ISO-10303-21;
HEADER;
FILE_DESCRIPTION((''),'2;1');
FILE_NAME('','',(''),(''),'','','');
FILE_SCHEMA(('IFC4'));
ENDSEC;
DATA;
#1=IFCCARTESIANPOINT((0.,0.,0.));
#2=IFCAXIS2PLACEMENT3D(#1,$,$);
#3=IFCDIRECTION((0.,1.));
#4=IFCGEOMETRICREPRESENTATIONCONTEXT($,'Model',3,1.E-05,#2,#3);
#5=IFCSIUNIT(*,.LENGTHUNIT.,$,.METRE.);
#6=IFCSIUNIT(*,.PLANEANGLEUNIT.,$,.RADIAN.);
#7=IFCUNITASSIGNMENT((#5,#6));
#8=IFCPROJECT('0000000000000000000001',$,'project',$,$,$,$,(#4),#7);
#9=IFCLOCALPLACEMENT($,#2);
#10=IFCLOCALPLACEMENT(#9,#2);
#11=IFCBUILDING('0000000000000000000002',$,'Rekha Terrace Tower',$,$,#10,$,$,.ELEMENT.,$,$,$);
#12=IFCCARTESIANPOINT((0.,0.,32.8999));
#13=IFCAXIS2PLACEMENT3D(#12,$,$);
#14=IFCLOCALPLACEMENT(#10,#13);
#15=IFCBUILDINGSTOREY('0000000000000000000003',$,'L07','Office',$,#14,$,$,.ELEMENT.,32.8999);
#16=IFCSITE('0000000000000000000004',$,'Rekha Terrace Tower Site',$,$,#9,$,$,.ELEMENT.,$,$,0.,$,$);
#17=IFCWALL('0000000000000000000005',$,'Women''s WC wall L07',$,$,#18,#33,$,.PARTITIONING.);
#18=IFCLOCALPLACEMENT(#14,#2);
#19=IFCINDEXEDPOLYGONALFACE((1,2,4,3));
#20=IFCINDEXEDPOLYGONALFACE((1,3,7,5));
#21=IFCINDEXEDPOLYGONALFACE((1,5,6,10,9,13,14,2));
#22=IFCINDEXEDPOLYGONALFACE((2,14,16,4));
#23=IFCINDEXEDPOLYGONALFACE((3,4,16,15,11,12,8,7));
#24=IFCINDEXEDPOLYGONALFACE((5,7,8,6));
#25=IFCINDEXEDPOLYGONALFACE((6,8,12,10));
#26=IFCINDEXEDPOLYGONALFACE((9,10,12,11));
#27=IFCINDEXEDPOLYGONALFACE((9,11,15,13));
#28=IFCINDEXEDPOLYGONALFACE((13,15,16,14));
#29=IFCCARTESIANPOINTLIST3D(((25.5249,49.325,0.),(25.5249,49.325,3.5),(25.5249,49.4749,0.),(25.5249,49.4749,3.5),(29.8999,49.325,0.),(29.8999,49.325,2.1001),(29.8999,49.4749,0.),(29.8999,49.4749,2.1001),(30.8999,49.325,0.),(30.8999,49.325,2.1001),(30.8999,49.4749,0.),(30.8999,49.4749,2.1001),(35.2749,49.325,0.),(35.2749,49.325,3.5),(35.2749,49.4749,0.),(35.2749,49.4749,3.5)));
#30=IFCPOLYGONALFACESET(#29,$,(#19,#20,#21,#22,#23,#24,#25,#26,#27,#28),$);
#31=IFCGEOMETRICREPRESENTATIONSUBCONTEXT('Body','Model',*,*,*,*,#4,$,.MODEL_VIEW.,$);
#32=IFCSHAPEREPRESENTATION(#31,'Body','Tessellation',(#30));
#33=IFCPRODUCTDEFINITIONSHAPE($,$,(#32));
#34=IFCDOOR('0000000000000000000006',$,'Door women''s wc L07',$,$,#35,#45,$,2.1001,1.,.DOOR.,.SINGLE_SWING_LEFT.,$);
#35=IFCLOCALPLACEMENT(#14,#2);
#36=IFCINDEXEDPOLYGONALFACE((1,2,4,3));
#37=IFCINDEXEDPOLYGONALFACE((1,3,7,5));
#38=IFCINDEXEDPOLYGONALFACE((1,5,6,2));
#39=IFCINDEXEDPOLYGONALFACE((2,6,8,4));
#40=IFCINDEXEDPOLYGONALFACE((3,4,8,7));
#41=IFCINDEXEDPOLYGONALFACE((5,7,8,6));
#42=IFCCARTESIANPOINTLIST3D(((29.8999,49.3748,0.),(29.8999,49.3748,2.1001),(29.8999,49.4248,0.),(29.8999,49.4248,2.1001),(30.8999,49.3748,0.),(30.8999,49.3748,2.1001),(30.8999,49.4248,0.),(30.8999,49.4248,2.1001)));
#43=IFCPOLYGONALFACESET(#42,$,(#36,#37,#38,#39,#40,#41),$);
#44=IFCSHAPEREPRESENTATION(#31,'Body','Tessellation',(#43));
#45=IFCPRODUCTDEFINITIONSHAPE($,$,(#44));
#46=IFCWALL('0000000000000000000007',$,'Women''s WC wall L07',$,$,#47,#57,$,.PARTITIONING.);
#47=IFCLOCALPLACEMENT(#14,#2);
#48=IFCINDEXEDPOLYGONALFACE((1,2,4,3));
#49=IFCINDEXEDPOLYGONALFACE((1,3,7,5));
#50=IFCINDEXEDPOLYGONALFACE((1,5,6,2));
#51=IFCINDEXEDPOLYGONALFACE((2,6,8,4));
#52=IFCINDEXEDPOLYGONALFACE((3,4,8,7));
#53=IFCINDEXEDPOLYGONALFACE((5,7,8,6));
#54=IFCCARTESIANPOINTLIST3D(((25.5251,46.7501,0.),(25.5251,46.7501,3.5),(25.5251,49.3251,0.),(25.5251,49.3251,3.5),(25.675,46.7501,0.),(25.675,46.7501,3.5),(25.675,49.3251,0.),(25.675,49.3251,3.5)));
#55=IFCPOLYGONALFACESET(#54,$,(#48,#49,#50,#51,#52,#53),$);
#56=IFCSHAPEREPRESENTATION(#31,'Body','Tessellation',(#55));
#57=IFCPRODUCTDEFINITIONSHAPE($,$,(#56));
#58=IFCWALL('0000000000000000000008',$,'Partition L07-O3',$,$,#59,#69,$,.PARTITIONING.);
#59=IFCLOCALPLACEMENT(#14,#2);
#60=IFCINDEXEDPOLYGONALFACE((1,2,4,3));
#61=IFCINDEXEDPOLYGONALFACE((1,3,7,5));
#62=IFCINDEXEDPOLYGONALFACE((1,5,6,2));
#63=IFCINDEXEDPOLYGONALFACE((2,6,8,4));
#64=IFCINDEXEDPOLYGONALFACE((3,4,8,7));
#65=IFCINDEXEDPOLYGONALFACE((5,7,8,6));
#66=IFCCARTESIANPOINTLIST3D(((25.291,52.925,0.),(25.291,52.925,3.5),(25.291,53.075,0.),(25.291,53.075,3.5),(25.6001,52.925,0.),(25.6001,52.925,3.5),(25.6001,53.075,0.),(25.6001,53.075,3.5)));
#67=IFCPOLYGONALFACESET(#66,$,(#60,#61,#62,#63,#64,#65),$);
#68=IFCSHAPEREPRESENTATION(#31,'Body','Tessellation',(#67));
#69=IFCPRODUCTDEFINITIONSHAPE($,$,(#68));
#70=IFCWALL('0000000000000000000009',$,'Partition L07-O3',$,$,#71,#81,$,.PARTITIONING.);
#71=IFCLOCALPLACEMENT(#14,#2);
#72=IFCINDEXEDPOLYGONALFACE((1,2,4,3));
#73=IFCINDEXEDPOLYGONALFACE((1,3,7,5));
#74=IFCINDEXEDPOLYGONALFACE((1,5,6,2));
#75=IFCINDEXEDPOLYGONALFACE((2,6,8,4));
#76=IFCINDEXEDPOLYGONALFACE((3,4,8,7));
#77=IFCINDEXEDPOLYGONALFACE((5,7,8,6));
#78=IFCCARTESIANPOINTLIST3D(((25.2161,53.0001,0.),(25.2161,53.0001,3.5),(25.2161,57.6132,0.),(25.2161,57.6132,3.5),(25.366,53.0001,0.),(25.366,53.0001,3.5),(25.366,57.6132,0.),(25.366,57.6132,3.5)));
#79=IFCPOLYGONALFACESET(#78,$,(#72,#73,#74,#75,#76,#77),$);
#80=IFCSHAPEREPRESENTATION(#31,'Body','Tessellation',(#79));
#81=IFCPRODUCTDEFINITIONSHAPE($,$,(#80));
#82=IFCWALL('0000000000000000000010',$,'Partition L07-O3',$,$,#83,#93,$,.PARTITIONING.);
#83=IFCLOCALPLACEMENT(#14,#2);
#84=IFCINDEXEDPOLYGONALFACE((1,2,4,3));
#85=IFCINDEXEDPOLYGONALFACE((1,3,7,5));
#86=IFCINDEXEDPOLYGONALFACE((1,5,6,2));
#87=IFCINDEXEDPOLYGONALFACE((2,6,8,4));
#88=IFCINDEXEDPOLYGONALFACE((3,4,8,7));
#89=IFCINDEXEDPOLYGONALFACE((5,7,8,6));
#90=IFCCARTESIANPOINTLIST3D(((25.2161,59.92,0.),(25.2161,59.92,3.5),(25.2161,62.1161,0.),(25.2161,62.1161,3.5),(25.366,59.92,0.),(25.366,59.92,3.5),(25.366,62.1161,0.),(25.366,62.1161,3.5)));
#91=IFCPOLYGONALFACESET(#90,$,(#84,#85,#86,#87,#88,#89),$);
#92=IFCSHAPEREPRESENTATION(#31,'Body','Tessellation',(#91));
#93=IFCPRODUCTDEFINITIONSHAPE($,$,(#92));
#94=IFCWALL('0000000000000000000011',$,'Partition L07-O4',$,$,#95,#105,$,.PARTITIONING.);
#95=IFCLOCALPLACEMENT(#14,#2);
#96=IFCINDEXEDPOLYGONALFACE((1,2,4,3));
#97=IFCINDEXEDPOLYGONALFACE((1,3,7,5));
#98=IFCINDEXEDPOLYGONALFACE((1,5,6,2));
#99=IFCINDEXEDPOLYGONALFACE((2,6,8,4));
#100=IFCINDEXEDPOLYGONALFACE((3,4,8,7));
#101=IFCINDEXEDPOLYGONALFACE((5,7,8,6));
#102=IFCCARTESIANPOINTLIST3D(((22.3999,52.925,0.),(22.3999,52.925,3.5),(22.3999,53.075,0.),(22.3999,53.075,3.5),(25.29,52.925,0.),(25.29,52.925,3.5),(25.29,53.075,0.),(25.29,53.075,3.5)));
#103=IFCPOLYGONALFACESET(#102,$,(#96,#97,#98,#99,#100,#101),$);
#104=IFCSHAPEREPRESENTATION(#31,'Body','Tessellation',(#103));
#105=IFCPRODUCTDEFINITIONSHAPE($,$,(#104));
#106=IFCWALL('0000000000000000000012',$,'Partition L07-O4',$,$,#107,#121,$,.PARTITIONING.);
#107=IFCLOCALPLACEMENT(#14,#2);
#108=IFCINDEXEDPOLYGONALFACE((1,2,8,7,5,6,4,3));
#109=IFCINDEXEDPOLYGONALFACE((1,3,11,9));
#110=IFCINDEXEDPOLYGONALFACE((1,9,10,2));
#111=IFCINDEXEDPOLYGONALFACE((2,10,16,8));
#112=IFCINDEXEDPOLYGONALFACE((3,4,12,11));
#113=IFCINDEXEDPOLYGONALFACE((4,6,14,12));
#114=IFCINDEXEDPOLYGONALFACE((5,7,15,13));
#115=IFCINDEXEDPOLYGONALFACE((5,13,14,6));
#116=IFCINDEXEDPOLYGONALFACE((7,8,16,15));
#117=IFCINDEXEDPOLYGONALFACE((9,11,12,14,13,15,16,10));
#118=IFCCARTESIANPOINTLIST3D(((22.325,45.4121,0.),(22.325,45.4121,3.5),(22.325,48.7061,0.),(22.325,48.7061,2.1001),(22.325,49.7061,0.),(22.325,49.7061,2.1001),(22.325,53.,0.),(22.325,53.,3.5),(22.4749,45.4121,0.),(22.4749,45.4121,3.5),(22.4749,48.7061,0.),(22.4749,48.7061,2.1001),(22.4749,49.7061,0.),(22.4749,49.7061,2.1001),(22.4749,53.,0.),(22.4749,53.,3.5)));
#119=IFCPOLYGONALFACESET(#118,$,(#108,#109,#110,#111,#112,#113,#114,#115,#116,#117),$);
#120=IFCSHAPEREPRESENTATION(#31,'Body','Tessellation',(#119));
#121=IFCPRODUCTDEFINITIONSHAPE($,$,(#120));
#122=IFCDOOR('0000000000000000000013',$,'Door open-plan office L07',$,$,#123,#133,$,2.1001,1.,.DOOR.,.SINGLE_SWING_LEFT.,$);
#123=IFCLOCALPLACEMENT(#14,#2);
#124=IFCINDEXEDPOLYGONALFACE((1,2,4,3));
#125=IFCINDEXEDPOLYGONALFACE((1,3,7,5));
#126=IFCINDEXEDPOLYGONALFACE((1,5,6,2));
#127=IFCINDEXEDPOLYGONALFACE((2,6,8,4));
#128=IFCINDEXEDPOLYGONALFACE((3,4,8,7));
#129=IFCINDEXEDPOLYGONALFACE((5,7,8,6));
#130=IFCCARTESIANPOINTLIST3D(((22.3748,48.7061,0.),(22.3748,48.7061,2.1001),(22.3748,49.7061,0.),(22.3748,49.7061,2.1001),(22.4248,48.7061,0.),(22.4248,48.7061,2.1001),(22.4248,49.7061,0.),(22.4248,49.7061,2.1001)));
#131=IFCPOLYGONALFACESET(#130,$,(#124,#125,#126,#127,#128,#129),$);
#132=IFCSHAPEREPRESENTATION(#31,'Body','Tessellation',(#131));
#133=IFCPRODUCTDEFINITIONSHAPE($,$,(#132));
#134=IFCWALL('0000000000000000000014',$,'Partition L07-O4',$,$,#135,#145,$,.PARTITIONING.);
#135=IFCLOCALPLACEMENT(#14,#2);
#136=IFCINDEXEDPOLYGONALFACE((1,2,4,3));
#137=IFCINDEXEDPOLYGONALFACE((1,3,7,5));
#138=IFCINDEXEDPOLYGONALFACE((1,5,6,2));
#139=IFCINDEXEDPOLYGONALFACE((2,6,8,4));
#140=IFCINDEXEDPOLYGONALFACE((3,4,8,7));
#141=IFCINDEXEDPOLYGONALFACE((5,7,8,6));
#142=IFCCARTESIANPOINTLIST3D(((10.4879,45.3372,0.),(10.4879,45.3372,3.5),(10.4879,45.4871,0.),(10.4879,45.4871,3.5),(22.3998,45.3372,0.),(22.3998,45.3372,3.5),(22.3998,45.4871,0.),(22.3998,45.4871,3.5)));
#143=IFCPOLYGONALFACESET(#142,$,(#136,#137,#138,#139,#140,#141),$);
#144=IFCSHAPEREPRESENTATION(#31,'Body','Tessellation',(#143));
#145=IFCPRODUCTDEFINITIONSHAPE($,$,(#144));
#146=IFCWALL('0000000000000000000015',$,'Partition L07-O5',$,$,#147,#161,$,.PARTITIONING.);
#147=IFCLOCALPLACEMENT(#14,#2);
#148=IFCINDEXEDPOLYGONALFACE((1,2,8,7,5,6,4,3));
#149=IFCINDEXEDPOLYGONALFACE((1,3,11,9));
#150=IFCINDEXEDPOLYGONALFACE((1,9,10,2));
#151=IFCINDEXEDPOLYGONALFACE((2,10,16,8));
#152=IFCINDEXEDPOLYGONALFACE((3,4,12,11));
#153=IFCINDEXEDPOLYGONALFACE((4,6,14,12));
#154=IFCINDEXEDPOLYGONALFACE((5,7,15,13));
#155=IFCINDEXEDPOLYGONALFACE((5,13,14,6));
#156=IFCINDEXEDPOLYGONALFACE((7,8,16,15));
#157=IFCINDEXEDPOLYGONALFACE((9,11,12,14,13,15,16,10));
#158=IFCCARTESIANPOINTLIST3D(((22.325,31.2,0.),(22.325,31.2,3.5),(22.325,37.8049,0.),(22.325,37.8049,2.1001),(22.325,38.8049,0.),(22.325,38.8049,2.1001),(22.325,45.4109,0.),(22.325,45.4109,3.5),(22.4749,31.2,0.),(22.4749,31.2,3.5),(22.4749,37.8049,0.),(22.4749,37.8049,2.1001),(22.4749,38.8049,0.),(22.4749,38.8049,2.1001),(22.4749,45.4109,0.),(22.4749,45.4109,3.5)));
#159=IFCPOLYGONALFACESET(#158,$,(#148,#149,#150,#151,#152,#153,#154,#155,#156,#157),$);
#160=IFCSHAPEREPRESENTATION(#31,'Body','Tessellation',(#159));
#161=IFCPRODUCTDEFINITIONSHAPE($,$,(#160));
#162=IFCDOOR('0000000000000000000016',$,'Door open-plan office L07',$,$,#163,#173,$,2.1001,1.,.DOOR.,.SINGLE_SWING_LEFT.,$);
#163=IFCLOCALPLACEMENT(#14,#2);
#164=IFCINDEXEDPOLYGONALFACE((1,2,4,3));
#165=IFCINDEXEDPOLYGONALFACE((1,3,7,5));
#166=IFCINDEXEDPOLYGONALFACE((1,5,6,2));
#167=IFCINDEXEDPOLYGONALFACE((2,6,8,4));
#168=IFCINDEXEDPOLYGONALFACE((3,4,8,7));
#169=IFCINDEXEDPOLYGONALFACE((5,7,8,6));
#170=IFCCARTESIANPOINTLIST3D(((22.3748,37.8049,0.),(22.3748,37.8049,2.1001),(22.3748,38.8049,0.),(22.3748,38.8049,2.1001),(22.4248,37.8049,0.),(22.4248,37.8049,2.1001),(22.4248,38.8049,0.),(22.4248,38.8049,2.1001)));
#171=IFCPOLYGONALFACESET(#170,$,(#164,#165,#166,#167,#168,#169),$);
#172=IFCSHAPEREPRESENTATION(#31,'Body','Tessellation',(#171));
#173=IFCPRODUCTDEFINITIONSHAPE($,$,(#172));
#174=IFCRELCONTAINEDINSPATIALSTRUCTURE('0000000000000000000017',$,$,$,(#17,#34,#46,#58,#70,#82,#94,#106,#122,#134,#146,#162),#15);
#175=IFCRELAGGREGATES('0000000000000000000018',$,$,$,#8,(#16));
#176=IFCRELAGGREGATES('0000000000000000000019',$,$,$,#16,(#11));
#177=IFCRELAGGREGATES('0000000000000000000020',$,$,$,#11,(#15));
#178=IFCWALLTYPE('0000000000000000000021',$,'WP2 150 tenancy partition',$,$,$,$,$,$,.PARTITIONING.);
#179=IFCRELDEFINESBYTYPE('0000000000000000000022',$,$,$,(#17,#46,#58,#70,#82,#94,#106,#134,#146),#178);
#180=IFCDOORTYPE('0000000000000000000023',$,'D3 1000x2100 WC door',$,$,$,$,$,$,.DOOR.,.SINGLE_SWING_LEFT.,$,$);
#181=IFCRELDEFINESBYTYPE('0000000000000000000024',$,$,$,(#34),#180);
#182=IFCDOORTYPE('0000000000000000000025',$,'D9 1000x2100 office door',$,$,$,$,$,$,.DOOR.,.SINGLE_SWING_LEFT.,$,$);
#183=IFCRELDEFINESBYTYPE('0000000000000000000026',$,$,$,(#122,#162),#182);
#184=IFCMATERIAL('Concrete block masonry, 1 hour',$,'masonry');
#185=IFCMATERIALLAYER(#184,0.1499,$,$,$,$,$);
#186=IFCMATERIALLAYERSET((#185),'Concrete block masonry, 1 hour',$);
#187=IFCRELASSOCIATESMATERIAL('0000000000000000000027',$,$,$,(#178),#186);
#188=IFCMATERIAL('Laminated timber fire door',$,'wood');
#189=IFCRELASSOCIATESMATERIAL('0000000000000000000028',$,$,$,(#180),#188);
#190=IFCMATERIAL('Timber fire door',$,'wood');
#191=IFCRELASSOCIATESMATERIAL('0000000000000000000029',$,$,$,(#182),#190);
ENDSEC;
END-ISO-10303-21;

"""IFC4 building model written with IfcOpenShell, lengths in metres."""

from ifc_helpers import new_model, si_unit, direction, frame, frame_2d, origin, place, context, subcontext, project, spatial, rectangle, extrude, material, layer, layer_set, type_object, element, fill, save


model = new_model("IFC4")

# Units and contexts
model_context = context("Model", 3, precision=1e-05, world=origin(), true_north=direction((0.0, 1.0)))
body_context = subcontext(model_context, "Body", "Model", "MODEL_VIEW")
ifc_project = project(units=[si_unit("LENGTHUNIT", "METRE"), si_unit("PLANEANGLEUNIT", "RADIAN")], contexts=[model_context])

# Site, building, storey
site_placement = place(None, origin())
site = spatial("IfcSite", under=ifc_project, at=site_placement, Name="Rekha Terrace Tower Site", CompositionType="ELEMENT", RefElevation=0.0)
building_placement = place(site_placement, origin())
building = spatial("IfcBuilding", under=site, at=building_placement, Name="Rekha Terrace Tower", CompositionType="ELEMENT")
storey_placement = place(building_placement, frame((0.0, 0.0, 32.8999)))
storey = spatial("IfcBuildingStorey", under=building, at=storey_placement, Name="L07", Description="Office", CompositionType="ELEMENT", Elevation=32.8999)

# Wall, opening, door
ifc_material_1 = material(Name="Concrete block masonry, 1 hour", Category="masonry")
ifc_layer_1 = layer(ifc_material_1, 0.1499)
ifc_layer_set_1 = layer_set([ifc_layer_1], Name="Concrete block masonry, 1 hour")
wall_type_1 = type_object("IfcWallType", Name="WP2 150 tenancy partition", PredefinedType="PARTITIONING", material=ifc_layer_set_1)
wall_1_placement = place(storey_placement, frame((25.5249, 49.3999, 0.0), z_axis=(0.0, 0.0, 1.0), x_axis=(1.0, 0.0, 0.0)))
wall_1 = element("IfcWall", 1, at=wall_1_placement, inside=storey, type_object=wall_type_1, Name="Women's WC wall L07", PredefinedType="PARTITIONING", context=body_context, shape_type="SweptSolid", body=[
    extrude(rectangle(XDim=9.75, YDim=0.1499, at=frame_2d((4.875, 0.0))), origin(), (0.0, 0.0, 1.0), 3.5),
])
opening_1_placement = place(wall_1_placement, frame((4.375, 0.0, 0.0)))
opening_1 = element("IfcOpeningElement", 2, at=opening_1_placement, cuts=wall_1, PredefinedType="OPENING", context=body_context, shape_type="SweptSolid", body=[
    extrude(rectangle(XDim=1.0, YDim=2.1001, at=frame_2d((0.5, 1.05))), frame((0.0, 0.085, 0.0), z_axis=(0.0, -1.0, 0.0), x_axis=(1.0, 0.0, 0.0)), (0.0, 0.0, 1.0), 0.1699),
])
ifc_material_2 = material(Name="Laminated timber fire door", Category="wood")
door_type_1 = type_object("IfcDoorType", Name="D3 1000x2100 WC door", OperationType="SINGLE_SWING_LEFT", PredefinedType="DOOR", material=ifc_material_2)
door_1_placement = place(opening_1_placement, origin())
door_1 = element("IfcDoor", 3, at=door_1_placement, inside=storey, type_object=door_type_1, Name="Door women's wc L07", OperationType="SINGLE_SWING_LEFT", OverallHeight=2.1001, OverallWidth=1.0, PredefinedType="DOOR", context=body_context, shape_type="SweptSolid", body=[
    extrude(rectangle(XDim=1.0, YDim=2.1001, at=frame_2d((0.5, 1.05))), frame((0.0, 0.0249, 0.0), z_axis=(0.0, -1.0, 0.0), x_axis=(1.0, 0.0, 0.0)), (0.0, 0.0, 1.0), 0.05),
])
fill(opening_1, door_1)

# Walls
wall_2_placement = place(storey_placement, frame((25.6001, 46.75, 0.0), z_axis=(0.0, 0.0, 1.0), x_axis=(0.0, 1.0, 0.0)))
element("IfcWall", 4, at=wall_2_placement, inside=storey, type_object=wall_type_1, Name="Women's WC wall L07", PredefinedType="PARTITIONING", context=body_context, shape_type="SweptSolid", body=[
    extrude(rectangle(XDim=2.575, YDim=0.1499, at=frame_2d((1.2876, 0.0))), origin(), (0.0, 0.0, 1.0), 3.5),
])
wall_3_placement = place(storey_placement, frame((25.6001, 53.0, 0.0), z_axis=(0.0, 0.0, 1.0), x_axis=(-1.0, 0.0, 0.0)))
element("IfcWall", 5, at=wall_3_placement, inside=storey, type_object=wall_type_1, Name="Partition L07-O3", PredefinedType="PARTITIONING", context=body_context, shape_type="SweptSolid", body=[
    extrude(rectangle(XDim=0.3091, YDim=0.1499, at=frame_2d((0.1545, 0.0))), origin(), (0.0, 0.0, 1.0), 3.5),
])
wall_4_placement = place(storey_placement, frame((25.291, 53.0, 0.0), z_axis=(0.0, 0.0, 1.0), x_axis=(0.0, 1.0, 0.0)))
element("IfcWall", 6, at=wall_4_placement, inside=storey, type_object=wall_type_1, Name="Partition L07-O3", PredefinedType="PARTITIONING", context=body_context, shape_type="SweptSolid", body=[
    extrude(rectangle(XDim=4.613, YDim=0.1499, at=frame_2d((2.3066, 0.0))), origin(), (0.0, 0.0, 1.0), 3.5),
])
wall_5_placement = place(storey_placement, frame((25.291, 59.9199, 0.0), z_axis=(0.0, 0.0, 1.0), x_axis=(0.0, 1.0, 0.0)))
element("IfcWall", 7, at=wall_5_placement, inside=storey, type_object=wall_type_1, Name="Partition L07-O3", PredefinedType="PARTITIONING", context=body_context, shape_type="SweptSolid", body=[
    extrude(rectangle(XDim=2.196, YDim=0.1499, at=frame_2d((1.0981, 0.0))), origin(), (0.0, 0.0, 1.0), 3.5),
])
wall_6_placement = place(storey_placement, frame((25.29, 53.0, 0.0), z_axis=(0.0, 0.0, 1.0), x_axis=(-1.0, 0.0, 0.0)))
element("IfcWall", 8, at=wall_6_placement, inside=storey, type_object=wall_type_1, Name="Partition L07-O4", PredefinedType="PARTITIONING", context=body_context, shape_type="SweptSolid", body=[
    extrude(rectangle(XDim=2.8901, YDim=0.1499, at=frame_2d((1.4451, 0.0))), origin(), (0.0, 0.0, 1.0), 3.5),
])

# Wall, opening, door
wall_7_placement = place(storey_placement, frame((22.3999, 53.0, 0.0), z_axis=(0.0, 0.0, 1.0), x_axis=(0.0, -1.0, 0.0)))
wall_7 = element("IfcWall", 9, at=wall_7_placement, inside=storey, type_object=wall_type_1, Name="Partition L07-O4", PredefinedType="PARTITIONING", context=body_context, shape_type="SweptSolid", body=[
    extrude(rectangle(XDim=7.5879, YDim=0.1499, at=frame_2d((3.7939, 0.0))), origin(), (0.0, 0.0, 1.0), 3.5),
])
opening_2_placement = place(wall_7_placement, frame((3.2939, 0.0, 0.0)))
opening_2 = element("IfcOpeningElement", 10, at=opening_2_placement, cuts=wall_7, PredefinedType="OPENING", context=body_context, shape_type="SweptSolid", body=[
    extrude(rectangle(XDim=1.0, YDim=2.1001, at=frame_2d((0.5, 1.05))), frame((0.0, 0.085, 0.0), z_axis=(0.0, -1.0, 0.0), x_axis=(1.0, 0.0, 0.0)), (0.0, 0.0, 1.0), 0.1699),
])
ifc_material_3 = material(Name="Timber fire door", Category="wood")
door_type_2 = type_object("IfcDoorType", Name="D9 1000x2100 office door", OperationType="SINGLE_SWING_LEFT", PredefinedType="DOOR", material=ifc_material_3)
door_2_placement = place(opening_2_placement, origin())
door_2 = element("IfcDoor", 11, at=door_2_placement, inside=storey, type_object=door_type_2, Name="Door open-plan office L07", OperationType="SINGLE_SWING_LEFT", OverallHeight=2.1001, OverallWidth=1.0, PredefinedType="DOOR", context=body_context, shape_type="SweptSolid", body=[
    extrude(rectangle(XDim=1.0, YDim=2.1001, at=frame_2d((0.5, 1.05))), frame((0.0, 0.0249, 0.0), z_axis=(0.0, -1.0, 0.0), x_axis=(1.0, 0.0, 0.0)), (0.0, 0.0, 1.0), 0.05),
])
fill(opening_2, door_2)

# Wall
wall_8_placement = place(storey_placement, frame((22.3999, 45.4121, 0.0), z_axis=(0.0, 0.0, 1.0), x_axis=(-1.0, 0.0, 0.0)))
element("IfcWall", 12, at=wall_8_placement, inside=storey, type_object=wall_type_1, Name="Partition L07-O4", PredefinedType="PARTITIONING", context=body_context, shape_type="SweptSolid", body=[
    extrude(rectangle(XDim=11.9119, YDim=0.1499, at=frame_2d((5.9561, 0.0))), origin(), (0.0, 0.0, 1.0), 3.5),
])

# Wall, opening, door
wall_9_placement = place(storey_placement, frame((22.3999, 45.4109, 0.0), z_axis=(0.0, 0.0, 1.0), x_axis=(0.0, -1.0, 0.0)))
wall_9 = element("IfcWall", 13, at=wall_9_placement, inside=storey, type_object=wall_type_1, Name="Partition L07-O5", PredefinedType="PARTITIONING", context=body_context, shape_type="SweptSolid", body=[
    extrude(rectangle(XDim=14.2109, YDim=0.1499, at=frame_2d((7.1055, 0.0))), origin(), (0.0, 0.0, 1.0), 3.5),
])
opening_3_placement = place(wall_9_placement, frame((6.606, 0.0, 0.0)))
opening_3 = element("IfcOpeningElement", 14, at=opening_3_placement, cuts=wall_9, PredefinedType="OPENING", context=body_context, shape_type="SweptSolid", body=[
    extrude(rectangle(XDim=1.0, YDim=2.1001, at=frame_2d((0.5, 1.05))), frame((0.0, 0.085, 0.0), z_axis=(0.0, -1.0, 0.0), x_axis=(1.0, 0.0, 0.0)), (0.0, 0.0, 1.0), 0.1699),
])
door_3_placement = place(opening_3_placement, origin())
door_3 = element("IfcDoor", 15, at=door_3_placement, inside=storey, type_object=door_type_2, Name="Door open-plan office L07", OperationType="SINGLE_SWING_LEFT", OverallHeight=2.1001, OverallWidth=1.0, PredefinedType="DOOR", context=body_context, shape_type="SweptSolid", body=[
    extrude(rectangle(XDim=1.0, YDim=2.1001, at=frame_2d((0.5, 1.05))), frame((0.0, 0.0249, 0.0), z_axis=(0.0, -1.0, 0.0), x_axis=(1.0, 0.0, 0.0)), (0.0, 0.0, 1.0), 0.05),
])
fill(opening_3, door_3)

save(model, "model.ifc")
